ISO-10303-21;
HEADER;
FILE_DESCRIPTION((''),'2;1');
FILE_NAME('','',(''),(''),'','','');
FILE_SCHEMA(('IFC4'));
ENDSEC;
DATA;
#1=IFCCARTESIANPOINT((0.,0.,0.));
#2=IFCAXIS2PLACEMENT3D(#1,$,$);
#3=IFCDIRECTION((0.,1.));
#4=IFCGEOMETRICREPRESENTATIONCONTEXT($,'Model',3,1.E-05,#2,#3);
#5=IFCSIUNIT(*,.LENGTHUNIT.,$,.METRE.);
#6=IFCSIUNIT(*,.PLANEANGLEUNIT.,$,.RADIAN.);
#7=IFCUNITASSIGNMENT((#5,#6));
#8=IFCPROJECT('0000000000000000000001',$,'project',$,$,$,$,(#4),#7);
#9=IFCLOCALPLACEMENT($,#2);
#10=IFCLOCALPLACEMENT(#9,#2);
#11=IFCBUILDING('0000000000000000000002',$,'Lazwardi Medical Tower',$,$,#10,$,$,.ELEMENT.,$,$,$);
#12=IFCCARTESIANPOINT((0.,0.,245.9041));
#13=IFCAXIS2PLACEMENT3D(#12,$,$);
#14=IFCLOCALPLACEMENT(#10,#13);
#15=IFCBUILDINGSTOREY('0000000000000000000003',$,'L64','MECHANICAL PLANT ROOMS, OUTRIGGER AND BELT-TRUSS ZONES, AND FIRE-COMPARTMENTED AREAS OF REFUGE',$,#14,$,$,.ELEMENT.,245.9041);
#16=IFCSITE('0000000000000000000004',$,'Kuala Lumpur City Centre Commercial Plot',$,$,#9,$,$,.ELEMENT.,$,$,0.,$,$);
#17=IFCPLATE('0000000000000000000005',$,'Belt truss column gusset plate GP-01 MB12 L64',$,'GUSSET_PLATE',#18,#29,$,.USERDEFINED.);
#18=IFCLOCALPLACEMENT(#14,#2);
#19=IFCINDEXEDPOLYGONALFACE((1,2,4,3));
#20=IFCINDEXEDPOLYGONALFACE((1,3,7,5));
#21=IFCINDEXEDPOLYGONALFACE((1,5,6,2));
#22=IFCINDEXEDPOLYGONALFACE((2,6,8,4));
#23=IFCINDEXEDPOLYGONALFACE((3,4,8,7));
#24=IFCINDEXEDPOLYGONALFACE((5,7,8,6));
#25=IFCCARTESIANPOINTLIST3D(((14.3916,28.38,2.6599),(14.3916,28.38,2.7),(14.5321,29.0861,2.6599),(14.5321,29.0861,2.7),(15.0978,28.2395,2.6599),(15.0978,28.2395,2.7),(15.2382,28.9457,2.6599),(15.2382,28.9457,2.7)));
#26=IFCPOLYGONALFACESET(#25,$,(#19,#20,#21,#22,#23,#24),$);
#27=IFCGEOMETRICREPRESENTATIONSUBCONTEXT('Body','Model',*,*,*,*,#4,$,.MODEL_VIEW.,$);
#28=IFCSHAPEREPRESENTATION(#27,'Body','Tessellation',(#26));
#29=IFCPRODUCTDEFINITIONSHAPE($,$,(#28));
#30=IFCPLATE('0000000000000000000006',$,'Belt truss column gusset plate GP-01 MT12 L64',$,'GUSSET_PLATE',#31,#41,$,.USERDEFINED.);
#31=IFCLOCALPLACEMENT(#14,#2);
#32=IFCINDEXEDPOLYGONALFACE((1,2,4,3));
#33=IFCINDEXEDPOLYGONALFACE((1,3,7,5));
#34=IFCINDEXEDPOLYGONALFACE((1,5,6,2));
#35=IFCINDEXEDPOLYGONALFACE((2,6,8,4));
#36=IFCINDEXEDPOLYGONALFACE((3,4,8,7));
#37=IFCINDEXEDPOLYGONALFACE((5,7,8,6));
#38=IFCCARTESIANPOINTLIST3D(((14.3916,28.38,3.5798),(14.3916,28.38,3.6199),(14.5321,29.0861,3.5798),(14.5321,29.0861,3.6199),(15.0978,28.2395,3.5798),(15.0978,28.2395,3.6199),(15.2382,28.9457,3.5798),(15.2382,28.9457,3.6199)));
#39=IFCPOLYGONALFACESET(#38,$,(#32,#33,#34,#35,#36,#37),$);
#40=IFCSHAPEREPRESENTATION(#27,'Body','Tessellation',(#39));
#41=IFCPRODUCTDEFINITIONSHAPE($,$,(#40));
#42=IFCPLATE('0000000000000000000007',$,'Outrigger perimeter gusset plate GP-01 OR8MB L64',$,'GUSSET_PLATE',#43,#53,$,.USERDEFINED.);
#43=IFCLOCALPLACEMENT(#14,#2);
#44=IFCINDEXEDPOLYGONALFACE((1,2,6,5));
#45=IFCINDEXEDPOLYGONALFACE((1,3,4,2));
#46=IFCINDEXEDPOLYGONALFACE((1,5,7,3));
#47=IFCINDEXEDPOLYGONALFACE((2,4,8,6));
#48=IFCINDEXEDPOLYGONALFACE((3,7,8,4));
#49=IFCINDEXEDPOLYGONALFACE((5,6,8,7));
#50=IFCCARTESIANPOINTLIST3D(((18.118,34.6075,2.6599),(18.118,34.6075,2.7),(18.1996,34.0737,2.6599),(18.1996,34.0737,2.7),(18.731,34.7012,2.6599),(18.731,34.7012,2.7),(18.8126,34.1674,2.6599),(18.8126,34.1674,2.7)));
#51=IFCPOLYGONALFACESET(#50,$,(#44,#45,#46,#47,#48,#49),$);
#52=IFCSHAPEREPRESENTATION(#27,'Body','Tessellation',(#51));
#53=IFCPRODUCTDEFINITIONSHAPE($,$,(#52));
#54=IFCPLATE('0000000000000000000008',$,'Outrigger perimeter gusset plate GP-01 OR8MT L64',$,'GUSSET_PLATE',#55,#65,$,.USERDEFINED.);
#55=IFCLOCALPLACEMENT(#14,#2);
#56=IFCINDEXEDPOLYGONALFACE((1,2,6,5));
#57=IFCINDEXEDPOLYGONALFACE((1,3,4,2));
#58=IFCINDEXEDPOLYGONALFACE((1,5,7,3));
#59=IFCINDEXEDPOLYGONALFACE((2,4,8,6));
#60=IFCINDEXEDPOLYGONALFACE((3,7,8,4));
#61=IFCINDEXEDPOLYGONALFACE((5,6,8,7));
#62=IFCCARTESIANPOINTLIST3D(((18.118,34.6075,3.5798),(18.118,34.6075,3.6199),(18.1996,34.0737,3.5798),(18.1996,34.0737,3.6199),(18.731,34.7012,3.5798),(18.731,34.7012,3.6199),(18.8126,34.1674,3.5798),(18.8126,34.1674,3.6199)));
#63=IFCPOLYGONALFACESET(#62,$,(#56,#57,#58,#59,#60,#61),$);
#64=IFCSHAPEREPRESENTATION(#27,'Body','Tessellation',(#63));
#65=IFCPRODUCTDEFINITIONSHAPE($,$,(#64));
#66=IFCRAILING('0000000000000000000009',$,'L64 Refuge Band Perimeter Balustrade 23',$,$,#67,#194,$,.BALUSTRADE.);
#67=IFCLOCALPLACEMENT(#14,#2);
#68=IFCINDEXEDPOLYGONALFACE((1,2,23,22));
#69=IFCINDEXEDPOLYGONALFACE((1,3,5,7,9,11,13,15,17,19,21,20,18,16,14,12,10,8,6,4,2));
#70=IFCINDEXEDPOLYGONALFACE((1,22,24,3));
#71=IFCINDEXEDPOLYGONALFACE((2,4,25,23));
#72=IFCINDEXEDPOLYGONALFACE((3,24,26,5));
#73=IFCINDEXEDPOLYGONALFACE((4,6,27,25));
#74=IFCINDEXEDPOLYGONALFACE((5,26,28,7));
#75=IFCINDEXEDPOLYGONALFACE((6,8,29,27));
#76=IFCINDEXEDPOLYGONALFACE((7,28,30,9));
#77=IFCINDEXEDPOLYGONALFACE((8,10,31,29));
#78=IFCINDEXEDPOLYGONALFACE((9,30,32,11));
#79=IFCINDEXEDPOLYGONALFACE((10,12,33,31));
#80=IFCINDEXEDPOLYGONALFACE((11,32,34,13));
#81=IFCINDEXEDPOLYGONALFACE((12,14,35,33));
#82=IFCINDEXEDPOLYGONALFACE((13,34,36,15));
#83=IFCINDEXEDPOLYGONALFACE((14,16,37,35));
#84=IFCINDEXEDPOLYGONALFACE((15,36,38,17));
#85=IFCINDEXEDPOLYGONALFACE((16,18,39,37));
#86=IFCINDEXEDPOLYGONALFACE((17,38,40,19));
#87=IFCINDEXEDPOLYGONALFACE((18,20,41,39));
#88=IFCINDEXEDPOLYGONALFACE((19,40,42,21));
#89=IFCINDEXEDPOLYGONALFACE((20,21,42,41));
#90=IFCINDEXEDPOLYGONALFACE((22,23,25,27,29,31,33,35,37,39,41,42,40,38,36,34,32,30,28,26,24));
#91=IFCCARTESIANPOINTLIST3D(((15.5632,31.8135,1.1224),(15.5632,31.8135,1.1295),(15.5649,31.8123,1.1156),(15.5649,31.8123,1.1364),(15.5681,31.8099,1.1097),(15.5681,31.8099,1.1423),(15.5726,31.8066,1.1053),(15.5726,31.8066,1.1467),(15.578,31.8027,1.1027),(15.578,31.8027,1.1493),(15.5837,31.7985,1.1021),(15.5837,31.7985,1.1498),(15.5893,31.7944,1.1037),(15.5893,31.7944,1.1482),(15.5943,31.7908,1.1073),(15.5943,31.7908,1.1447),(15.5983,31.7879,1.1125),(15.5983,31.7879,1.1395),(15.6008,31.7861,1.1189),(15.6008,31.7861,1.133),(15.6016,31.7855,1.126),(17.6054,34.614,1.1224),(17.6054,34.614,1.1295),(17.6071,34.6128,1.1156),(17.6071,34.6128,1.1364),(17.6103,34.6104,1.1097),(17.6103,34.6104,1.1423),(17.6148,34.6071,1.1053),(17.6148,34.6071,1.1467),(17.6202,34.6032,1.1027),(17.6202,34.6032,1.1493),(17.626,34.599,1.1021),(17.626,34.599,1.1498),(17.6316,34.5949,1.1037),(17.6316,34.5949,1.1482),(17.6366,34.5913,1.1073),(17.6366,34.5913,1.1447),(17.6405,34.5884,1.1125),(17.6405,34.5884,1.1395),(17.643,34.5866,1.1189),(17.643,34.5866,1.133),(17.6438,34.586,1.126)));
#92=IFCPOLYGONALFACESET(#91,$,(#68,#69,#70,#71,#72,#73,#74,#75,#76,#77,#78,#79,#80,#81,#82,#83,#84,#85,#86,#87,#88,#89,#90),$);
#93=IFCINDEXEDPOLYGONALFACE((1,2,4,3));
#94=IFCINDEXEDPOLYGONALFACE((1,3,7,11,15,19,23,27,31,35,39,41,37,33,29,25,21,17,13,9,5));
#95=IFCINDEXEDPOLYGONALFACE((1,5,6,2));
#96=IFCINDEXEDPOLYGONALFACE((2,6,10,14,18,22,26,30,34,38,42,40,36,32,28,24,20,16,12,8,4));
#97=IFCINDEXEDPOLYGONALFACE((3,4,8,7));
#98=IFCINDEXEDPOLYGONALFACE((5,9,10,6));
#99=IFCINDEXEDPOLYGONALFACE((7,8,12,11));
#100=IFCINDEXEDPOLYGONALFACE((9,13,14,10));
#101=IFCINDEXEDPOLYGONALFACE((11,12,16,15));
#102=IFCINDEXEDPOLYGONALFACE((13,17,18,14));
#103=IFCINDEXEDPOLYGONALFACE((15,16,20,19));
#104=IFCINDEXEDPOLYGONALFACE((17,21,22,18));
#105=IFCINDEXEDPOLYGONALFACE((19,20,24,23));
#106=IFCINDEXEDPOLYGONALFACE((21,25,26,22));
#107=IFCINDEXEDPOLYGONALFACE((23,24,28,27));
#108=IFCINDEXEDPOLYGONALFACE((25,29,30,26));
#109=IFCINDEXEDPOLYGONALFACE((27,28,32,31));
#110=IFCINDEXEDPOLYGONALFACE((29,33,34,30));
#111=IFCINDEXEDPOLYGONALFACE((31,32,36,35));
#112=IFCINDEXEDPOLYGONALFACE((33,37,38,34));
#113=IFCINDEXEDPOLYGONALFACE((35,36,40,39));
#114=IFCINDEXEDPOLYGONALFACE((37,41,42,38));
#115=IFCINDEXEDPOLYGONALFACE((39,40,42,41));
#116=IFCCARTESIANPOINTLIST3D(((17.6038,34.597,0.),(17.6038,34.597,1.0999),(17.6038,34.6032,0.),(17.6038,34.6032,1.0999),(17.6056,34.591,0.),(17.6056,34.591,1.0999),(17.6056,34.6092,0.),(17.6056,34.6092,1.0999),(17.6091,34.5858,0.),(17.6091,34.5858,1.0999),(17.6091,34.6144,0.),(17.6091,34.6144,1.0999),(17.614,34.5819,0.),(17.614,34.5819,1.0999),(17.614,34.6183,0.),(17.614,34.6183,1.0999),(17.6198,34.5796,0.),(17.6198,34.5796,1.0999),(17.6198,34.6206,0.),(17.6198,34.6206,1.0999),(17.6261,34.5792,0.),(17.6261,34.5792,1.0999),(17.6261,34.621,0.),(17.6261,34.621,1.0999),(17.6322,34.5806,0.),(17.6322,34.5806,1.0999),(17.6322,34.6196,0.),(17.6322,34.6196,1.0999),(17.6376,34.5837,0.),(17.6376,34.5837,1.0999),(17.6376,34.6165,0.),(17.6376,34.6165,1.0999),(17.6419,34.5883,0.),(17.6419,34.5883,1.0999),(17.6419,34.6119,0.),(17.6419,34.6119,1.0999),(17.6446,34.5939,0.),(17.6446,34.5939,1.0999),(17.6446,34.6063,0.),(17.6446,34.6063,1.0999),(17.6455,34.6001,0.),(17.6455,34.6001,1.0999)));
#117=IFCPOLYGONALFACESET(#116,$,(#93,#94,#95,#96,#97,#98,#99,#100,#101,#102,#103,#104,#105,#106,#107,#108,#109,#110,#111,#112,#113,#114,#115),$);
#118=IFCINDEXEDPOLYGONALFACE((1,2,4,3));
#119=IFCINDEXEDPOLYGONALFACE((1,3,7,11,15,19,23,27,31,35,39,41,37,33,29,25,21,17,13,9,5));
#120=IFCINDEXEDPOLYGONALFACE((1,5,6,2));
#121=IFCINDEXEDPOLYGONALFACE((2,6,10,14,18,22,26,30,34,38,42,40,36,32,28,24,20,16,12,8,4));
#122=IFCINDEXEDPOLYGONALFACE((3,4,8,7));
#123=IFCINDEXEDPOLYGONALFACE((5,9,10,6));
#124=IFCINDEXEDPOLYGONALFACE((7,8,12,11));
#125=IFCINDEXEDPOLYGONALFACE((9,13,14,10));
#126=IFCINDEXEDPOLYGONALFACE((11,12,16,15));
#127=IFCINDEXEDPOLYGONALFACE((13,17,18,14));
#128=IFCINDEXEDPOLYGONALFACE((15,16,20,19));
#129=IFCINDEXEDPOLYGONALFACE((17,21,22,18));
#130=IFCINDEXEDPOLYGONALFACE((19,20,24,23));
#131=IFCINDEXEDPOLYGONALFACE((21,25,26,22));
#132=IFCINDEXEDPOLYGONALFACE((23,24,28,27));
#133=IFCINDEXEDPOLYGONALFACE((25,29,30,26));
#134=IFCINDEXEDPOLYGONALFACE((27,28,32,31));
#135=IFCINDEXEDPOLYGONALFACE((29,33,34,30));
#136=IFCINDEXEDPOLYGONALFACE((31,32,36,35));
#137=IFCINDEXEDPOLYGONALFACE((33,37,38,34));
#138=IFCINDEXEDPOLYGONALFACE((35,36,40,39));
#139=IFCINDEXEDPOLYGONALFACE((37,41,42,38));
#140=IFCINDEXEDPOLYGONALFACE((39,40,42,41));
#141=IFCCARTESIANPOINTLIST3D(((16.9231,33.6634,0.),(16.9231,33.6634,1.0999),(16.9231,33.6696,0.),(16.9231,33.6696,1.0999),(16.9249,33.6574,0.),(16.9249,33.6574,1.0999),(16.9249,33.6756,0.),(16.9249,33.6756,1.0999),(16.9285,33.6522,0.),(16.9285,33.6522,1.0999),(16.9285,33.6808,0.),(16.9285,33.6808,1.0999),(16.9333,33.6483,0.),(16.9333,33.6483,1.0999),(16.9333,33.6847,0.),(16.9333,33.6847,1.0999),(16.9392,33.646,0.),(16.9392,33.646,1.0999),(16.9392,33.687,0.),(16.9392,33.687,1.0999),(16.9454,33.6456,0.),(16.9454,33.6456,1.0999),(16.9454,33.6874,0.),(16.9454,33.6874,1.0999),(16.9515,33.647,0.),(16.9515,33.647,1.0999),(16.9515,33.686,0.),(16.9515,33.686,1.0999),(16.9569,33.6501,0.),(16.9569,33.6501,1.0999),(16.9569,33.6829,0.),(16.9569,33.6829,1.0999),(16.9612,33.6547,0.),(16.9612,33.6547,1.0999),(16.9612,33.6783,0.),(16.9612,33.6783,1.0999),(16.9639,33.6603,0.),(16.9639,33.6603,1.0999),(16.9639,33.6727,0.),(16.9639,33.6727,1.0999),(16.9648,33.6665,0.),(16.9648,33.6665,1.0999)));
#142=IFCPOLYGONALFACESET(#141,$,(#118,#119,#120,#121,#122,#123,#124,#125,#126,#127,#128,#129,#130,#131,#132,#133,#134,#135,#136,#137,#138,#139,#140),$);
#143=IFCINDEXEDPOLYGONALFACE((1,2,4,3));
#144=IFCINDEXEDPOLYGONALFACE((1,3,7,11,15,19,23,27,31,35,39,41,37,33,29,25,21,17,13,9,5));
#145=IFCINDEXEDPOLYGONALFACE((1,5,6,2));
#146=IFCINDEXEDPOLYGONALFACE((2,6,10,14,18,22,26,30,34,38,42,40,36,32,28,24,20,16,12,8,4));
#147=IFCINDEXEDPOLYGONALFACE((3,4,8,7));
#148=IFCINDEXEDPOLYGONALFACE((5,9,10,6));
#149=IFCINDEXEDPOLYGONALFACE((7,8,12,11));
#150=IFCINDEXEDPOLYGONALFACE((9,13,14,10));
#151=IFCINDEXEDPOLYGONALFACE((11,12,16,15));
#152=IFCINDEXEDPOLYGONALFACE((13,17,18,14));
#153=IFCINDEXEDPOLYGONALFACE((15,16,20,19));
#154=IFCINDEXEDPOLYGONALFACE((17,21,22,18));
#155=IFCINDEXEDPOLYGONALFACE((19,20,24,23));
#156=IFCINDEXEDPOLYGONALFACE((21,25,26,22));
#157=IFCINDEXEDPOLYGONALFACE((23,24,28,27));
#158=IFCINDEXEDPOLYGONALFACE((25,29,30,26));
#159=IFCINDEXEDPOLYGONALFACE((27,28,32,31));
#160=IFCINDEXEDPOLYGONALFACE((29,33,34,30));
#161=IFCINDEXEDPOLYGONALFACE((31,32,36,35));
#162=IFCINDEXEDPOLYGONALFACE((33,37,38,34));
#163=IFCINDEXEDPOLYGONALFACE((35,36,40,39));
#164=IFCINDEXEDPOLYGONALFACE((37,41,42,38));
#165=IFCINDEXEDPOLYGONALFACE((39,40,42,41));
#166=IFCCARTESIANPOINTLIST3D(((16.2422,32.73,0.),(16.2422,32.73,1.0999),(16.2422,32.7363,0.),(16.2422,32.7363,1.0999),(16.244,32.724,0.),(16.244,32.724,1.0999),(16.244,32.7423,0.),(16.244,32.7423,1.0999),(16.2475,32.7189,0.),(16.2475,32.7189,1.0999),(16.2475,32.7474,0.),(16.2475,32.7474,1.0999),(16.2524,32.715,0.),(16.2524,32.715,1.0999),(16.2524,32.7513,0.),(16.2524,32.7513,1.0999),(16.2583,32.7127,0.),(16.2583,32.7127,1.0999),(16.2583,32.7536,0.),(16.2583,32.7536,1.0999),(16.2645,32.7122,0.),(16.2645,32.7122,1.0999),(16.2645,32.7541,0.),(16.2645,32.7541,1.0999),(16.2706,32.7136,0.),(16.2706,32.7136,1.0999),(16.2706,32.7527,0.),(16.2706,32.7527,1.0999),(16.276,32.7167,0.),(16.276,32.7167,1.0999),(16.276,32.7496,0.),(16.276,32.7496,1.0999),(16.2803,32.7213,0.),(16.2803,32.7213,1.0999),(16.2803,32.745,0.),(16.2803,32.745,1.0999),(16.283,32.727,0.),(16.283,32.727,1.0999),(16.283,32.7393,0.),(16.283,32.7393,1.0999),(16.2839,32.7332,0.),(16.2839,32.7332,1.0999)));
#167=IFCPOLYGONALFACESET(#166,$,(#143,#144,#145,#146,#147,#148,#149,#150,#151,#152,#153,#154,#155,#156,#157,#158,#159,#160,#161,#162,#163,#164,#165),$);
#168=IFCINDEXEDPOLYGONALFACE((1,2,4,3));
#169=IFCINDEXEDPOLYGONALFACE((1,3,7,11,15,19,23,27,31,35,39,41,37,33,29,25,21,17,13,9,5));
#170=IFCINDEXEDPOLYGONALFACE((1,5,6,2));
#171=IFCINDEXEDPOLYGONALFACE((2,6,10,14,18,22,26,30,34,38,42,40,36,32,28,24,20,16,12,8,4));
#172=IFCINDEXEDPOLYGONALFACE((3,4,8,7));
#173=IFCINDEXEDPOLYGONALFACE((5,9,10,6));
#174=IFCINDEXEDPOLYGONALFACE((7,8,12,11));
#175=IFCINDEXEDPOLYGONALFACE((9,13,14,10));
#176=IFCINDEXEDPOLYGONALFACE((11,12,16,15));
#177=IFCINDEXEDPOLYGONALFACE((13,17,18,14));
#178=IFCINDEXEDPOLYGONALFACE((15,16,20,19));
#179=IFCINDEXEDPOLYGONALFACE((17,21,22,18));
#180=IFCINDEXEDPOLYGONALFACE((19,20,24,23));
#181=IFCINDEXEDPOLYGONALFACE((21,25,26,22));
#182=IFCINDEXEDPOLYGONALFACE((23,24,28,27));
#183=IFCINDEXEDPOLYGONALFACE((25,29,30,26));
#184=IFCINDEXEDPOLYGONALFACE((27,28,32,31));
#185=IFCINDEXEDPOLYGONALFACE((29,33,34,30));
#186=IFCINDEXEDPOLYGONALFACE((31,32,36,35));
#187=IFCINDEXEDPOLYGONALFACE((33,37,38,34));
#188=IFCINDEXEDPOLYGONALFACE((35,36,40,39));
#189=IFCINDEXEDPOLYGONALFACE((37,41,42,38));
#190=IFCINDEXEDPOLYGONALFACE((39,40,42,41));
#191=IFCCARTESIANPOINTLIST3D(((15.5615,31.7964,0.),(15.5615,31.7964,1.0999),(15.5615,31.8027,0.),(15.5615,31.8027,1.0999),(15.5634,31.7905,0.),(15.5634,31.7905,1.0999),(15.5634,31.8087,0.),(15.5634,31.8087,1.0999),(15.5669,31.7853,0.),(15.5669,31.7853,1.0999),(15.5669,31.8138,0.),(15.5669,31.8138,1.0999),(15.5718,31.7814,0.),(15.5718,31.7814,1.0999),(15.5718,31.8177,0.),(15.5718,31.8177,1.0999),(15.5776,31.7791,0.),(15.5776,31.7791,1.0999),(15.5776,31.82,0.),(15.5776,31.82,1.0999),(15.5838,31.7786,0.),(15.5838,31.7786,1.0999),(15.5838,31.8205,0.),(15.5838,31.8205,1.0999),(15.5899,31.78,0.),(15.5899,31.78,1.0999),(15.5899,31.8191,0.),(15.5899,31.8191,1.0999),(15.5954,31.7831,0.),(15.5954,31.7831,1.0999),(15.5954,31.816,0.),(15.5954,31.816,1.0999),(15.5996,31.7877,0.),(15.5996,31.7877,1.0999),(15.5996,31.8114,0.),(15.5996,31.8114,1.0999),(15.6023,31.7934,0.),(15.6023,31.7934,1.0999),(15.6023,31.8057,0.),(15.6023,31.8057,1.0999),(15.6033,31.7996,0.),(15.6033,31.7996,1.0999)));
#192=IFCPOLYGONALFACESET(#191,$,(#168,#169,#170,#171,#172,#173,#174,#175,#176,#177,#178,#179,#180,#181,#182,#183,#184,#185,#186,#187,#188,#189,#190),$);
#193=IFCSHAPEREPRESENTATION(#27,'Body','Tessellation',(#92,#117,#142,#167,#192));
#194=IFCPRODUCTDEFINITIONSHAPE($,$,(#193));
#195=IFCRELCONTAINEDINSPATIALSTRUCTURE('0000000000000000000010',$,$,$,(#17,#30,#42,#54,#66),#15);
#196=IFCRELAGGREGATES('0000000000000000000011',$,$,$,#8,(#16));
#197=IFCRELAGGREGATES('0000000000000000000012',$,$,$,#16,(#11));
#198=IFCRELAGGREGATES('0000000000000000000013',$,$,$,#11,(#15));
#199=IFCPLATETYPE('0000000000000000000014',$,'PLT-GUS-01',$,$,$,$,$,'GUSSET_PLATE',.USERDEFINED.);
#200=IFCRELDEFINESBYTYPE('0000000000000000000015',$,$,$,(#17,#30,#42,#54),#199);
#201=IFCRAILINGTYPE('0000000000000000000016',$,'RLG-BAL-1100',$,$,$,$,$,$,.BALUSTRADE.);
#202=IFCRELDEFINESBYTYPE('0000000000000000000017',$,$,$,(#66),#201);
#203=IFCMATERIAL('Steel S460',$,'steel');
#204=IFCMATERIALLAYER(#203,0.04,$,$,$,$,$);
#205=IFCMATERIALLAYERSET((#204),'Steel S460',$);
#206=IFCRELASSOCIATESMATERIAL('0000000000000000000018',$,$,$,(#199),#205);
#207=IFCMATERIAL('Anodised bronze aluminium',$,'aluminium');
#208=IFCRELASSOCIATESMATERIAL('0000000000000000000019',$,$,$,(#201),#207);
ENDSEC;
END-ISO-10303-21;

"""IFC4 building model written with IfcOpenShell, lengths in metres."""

from ifc_helpers import new_model, si_unit, direction, frame, origin, origin_2d, place, context, subcontext, project, spatial, rectangle, circle, extrude, material, layer, layer_set, type_object, element, save


model = new_model("IFC4")

# Units and contexts
model_context = context("Model", 3, precision=1e-05, world=origin(), true_north=direction((0.0, 1.0)))
body_context = subcontext(model_context, "Body", "Model", "MODEL_VIEW")
ifc_project = project(units=[si_unit("LENGTHUNIT", "METRE"), si_unit("PLANEANGLEUNIT", "RADIAN")], contexts=[model_context])

# Site, building, storey
site_placement = place(None, origin())
site = spatial("IfcSite", under=ifc_project, at=site_placement, Name="Kuala Lumpur City Centre Commercial Plot", CompositionType="ELEMENT", RefElevation=0.0)
building_placement = place(site_placement, origin())
building = spatial("IfcBuilding", under=site, at=building_placement, Name="Lazwardi Medical Tower", CompositionType="ELEMENT")
storey_placement = place(building_placement, frame((0.0, 0.0, 245.9041)))
storey = spatial("IfcBuildingStorey", under=building, at=storey_placement, Name="L64", Description="MECHANICAL PLANT ROOMS, OUTRIGGER AND BELT-TRUSS ZONES, AND FIRE-COMPARTMENTED AREAS OF REFUGE", CompositionType="ELEMENT", Elevation=245.9041)

# Shared definitions
ifc_material_1 = material(Name="Steel S460", Category="steel")

# Plates
ifc_layer = layer(ifc_material_1, 0.04)
ifc_layer_set = layer_set([ifc_layer], Name="Steel S460")
plate_type = type_object("IfcPlateType", Name="PLT-GUS-01", ElementType="GUSSET_PLATE", PredefinedType="USERDEFINED", material=ifc_layer_set)
for number, where, z_axis, x_axis, name in (
    (1, (14.8149, 28.6628, 2.6599), (0.0, 0.0, 1.0), (-0.980785, 0.19509, 0.0), "Belt truss column gusset plate GP-01 MB12 L64"),
    (2, (14.8149, 28.6628, 3.5798), (0.0, 0.0, 1.0), (-0.980785, 0.19509, 0.0), "Belt truss column gusset plate GP-01 MT12 L64"),
):
    element("IfcPlate", number, at=place(storey_placement, frame(where, z_axis=z_axis, x_axis=x_axis)), inside=storey, type_object=plate_type, Name=name, ObjectType="GUSSET_PLATE", PredefinedType="USERDEFINED", context=body_context, shape_type="SweptSolid", body=[
        extrude(rectangle(XDim=0.72, YDim=0.72, at=origin_2d()), origin(), (0.0, 0.0, 1.0), 0.04),
    ])
for number, where, z_axis, x_axis, name in (
    (3, (18.4653, 34.3875, 2.6599), (0.0, 0.0, 1.0), (-0.98852, -0.151088, 0.0), "Outrigger perimeter gusset plate GP-01 OR8MB L64"),
    (4, (18.4653, 34.3875, 3.5798), (0.0, 0.0, 1.0), (-0.98852, -0.151088, 0.0), "Outrigger perimeter gusset plate GP-01 OR8MT L64"),
):
    element("IfcPlate", number, at=place(storey_placement, frame(where, z_axis=z_axis, x_axis=x_axis)), inside=storey, type_object=plate_type, Name=name, ObjectType="GUSSET_PLATE", PredefinedType="USERDEFINED", context=body_context, shape_type="SweptSolid", body=[
        extrude(rectangle(XDim=0.6201, YDim=0.54, at=origin_2d()), origin(), (0.0, 0.0, 1.0), 0.04),
    ])

# Railing
ifc_material_2 = material(Name="Anodised bronze aluminium", Category="aluminium")
railing_type = type_object("IfcRailingType", Name="RLG-BAL-1100", PredefinedType="BALUSTRADE", material=ifc_material_2)
railing_1_placement = place(storey_placement, frame((17.6245, 34.6001, 0.0)))
element("IfcRailing", 5, at=railing_1_placement, inside=storey, type_object=railing_type, Name="L64 Refuge Band Perimeter Balustrade 23", PredefinedType="BALUSTRADE", context=body_context, shape_type="SweptSolid", body=[
    extrude(circle(Radius=0.0239, at=origin_2d()), frame((0.0, 0.0, 1.126), z_axis=(-0.589206, -0.807983, 0.0), x_axis=(0.807983, -0.589206, 0.0)), (0.0, 0.0, 1.0), 3.4661),
    extrude(circle(Radius=0.021, at=origin_2d()), origin(), (0.0, 0.0, 1.0), 1.0999),
    extrude(circle(Radius=0.021, at=origin_2d()), frame((-0.6807, -0.9336, 0.0)), (0.0, 0.0, 1.0), 1.0999),
    extrude(circle(Radius=0.021, at=origin_2d()), frame((-1.3616, -1.8669, 0.0)), (0.0, 0.0, 1.0), 1.0999),
    extrude(circle(Radius=0.021, at=origin_2d()), frame((-2.0422, -2.8005, 0.0)), (0.0, 0.0, 1.0), 1.0999),
])

save(model, "model.ifc")
